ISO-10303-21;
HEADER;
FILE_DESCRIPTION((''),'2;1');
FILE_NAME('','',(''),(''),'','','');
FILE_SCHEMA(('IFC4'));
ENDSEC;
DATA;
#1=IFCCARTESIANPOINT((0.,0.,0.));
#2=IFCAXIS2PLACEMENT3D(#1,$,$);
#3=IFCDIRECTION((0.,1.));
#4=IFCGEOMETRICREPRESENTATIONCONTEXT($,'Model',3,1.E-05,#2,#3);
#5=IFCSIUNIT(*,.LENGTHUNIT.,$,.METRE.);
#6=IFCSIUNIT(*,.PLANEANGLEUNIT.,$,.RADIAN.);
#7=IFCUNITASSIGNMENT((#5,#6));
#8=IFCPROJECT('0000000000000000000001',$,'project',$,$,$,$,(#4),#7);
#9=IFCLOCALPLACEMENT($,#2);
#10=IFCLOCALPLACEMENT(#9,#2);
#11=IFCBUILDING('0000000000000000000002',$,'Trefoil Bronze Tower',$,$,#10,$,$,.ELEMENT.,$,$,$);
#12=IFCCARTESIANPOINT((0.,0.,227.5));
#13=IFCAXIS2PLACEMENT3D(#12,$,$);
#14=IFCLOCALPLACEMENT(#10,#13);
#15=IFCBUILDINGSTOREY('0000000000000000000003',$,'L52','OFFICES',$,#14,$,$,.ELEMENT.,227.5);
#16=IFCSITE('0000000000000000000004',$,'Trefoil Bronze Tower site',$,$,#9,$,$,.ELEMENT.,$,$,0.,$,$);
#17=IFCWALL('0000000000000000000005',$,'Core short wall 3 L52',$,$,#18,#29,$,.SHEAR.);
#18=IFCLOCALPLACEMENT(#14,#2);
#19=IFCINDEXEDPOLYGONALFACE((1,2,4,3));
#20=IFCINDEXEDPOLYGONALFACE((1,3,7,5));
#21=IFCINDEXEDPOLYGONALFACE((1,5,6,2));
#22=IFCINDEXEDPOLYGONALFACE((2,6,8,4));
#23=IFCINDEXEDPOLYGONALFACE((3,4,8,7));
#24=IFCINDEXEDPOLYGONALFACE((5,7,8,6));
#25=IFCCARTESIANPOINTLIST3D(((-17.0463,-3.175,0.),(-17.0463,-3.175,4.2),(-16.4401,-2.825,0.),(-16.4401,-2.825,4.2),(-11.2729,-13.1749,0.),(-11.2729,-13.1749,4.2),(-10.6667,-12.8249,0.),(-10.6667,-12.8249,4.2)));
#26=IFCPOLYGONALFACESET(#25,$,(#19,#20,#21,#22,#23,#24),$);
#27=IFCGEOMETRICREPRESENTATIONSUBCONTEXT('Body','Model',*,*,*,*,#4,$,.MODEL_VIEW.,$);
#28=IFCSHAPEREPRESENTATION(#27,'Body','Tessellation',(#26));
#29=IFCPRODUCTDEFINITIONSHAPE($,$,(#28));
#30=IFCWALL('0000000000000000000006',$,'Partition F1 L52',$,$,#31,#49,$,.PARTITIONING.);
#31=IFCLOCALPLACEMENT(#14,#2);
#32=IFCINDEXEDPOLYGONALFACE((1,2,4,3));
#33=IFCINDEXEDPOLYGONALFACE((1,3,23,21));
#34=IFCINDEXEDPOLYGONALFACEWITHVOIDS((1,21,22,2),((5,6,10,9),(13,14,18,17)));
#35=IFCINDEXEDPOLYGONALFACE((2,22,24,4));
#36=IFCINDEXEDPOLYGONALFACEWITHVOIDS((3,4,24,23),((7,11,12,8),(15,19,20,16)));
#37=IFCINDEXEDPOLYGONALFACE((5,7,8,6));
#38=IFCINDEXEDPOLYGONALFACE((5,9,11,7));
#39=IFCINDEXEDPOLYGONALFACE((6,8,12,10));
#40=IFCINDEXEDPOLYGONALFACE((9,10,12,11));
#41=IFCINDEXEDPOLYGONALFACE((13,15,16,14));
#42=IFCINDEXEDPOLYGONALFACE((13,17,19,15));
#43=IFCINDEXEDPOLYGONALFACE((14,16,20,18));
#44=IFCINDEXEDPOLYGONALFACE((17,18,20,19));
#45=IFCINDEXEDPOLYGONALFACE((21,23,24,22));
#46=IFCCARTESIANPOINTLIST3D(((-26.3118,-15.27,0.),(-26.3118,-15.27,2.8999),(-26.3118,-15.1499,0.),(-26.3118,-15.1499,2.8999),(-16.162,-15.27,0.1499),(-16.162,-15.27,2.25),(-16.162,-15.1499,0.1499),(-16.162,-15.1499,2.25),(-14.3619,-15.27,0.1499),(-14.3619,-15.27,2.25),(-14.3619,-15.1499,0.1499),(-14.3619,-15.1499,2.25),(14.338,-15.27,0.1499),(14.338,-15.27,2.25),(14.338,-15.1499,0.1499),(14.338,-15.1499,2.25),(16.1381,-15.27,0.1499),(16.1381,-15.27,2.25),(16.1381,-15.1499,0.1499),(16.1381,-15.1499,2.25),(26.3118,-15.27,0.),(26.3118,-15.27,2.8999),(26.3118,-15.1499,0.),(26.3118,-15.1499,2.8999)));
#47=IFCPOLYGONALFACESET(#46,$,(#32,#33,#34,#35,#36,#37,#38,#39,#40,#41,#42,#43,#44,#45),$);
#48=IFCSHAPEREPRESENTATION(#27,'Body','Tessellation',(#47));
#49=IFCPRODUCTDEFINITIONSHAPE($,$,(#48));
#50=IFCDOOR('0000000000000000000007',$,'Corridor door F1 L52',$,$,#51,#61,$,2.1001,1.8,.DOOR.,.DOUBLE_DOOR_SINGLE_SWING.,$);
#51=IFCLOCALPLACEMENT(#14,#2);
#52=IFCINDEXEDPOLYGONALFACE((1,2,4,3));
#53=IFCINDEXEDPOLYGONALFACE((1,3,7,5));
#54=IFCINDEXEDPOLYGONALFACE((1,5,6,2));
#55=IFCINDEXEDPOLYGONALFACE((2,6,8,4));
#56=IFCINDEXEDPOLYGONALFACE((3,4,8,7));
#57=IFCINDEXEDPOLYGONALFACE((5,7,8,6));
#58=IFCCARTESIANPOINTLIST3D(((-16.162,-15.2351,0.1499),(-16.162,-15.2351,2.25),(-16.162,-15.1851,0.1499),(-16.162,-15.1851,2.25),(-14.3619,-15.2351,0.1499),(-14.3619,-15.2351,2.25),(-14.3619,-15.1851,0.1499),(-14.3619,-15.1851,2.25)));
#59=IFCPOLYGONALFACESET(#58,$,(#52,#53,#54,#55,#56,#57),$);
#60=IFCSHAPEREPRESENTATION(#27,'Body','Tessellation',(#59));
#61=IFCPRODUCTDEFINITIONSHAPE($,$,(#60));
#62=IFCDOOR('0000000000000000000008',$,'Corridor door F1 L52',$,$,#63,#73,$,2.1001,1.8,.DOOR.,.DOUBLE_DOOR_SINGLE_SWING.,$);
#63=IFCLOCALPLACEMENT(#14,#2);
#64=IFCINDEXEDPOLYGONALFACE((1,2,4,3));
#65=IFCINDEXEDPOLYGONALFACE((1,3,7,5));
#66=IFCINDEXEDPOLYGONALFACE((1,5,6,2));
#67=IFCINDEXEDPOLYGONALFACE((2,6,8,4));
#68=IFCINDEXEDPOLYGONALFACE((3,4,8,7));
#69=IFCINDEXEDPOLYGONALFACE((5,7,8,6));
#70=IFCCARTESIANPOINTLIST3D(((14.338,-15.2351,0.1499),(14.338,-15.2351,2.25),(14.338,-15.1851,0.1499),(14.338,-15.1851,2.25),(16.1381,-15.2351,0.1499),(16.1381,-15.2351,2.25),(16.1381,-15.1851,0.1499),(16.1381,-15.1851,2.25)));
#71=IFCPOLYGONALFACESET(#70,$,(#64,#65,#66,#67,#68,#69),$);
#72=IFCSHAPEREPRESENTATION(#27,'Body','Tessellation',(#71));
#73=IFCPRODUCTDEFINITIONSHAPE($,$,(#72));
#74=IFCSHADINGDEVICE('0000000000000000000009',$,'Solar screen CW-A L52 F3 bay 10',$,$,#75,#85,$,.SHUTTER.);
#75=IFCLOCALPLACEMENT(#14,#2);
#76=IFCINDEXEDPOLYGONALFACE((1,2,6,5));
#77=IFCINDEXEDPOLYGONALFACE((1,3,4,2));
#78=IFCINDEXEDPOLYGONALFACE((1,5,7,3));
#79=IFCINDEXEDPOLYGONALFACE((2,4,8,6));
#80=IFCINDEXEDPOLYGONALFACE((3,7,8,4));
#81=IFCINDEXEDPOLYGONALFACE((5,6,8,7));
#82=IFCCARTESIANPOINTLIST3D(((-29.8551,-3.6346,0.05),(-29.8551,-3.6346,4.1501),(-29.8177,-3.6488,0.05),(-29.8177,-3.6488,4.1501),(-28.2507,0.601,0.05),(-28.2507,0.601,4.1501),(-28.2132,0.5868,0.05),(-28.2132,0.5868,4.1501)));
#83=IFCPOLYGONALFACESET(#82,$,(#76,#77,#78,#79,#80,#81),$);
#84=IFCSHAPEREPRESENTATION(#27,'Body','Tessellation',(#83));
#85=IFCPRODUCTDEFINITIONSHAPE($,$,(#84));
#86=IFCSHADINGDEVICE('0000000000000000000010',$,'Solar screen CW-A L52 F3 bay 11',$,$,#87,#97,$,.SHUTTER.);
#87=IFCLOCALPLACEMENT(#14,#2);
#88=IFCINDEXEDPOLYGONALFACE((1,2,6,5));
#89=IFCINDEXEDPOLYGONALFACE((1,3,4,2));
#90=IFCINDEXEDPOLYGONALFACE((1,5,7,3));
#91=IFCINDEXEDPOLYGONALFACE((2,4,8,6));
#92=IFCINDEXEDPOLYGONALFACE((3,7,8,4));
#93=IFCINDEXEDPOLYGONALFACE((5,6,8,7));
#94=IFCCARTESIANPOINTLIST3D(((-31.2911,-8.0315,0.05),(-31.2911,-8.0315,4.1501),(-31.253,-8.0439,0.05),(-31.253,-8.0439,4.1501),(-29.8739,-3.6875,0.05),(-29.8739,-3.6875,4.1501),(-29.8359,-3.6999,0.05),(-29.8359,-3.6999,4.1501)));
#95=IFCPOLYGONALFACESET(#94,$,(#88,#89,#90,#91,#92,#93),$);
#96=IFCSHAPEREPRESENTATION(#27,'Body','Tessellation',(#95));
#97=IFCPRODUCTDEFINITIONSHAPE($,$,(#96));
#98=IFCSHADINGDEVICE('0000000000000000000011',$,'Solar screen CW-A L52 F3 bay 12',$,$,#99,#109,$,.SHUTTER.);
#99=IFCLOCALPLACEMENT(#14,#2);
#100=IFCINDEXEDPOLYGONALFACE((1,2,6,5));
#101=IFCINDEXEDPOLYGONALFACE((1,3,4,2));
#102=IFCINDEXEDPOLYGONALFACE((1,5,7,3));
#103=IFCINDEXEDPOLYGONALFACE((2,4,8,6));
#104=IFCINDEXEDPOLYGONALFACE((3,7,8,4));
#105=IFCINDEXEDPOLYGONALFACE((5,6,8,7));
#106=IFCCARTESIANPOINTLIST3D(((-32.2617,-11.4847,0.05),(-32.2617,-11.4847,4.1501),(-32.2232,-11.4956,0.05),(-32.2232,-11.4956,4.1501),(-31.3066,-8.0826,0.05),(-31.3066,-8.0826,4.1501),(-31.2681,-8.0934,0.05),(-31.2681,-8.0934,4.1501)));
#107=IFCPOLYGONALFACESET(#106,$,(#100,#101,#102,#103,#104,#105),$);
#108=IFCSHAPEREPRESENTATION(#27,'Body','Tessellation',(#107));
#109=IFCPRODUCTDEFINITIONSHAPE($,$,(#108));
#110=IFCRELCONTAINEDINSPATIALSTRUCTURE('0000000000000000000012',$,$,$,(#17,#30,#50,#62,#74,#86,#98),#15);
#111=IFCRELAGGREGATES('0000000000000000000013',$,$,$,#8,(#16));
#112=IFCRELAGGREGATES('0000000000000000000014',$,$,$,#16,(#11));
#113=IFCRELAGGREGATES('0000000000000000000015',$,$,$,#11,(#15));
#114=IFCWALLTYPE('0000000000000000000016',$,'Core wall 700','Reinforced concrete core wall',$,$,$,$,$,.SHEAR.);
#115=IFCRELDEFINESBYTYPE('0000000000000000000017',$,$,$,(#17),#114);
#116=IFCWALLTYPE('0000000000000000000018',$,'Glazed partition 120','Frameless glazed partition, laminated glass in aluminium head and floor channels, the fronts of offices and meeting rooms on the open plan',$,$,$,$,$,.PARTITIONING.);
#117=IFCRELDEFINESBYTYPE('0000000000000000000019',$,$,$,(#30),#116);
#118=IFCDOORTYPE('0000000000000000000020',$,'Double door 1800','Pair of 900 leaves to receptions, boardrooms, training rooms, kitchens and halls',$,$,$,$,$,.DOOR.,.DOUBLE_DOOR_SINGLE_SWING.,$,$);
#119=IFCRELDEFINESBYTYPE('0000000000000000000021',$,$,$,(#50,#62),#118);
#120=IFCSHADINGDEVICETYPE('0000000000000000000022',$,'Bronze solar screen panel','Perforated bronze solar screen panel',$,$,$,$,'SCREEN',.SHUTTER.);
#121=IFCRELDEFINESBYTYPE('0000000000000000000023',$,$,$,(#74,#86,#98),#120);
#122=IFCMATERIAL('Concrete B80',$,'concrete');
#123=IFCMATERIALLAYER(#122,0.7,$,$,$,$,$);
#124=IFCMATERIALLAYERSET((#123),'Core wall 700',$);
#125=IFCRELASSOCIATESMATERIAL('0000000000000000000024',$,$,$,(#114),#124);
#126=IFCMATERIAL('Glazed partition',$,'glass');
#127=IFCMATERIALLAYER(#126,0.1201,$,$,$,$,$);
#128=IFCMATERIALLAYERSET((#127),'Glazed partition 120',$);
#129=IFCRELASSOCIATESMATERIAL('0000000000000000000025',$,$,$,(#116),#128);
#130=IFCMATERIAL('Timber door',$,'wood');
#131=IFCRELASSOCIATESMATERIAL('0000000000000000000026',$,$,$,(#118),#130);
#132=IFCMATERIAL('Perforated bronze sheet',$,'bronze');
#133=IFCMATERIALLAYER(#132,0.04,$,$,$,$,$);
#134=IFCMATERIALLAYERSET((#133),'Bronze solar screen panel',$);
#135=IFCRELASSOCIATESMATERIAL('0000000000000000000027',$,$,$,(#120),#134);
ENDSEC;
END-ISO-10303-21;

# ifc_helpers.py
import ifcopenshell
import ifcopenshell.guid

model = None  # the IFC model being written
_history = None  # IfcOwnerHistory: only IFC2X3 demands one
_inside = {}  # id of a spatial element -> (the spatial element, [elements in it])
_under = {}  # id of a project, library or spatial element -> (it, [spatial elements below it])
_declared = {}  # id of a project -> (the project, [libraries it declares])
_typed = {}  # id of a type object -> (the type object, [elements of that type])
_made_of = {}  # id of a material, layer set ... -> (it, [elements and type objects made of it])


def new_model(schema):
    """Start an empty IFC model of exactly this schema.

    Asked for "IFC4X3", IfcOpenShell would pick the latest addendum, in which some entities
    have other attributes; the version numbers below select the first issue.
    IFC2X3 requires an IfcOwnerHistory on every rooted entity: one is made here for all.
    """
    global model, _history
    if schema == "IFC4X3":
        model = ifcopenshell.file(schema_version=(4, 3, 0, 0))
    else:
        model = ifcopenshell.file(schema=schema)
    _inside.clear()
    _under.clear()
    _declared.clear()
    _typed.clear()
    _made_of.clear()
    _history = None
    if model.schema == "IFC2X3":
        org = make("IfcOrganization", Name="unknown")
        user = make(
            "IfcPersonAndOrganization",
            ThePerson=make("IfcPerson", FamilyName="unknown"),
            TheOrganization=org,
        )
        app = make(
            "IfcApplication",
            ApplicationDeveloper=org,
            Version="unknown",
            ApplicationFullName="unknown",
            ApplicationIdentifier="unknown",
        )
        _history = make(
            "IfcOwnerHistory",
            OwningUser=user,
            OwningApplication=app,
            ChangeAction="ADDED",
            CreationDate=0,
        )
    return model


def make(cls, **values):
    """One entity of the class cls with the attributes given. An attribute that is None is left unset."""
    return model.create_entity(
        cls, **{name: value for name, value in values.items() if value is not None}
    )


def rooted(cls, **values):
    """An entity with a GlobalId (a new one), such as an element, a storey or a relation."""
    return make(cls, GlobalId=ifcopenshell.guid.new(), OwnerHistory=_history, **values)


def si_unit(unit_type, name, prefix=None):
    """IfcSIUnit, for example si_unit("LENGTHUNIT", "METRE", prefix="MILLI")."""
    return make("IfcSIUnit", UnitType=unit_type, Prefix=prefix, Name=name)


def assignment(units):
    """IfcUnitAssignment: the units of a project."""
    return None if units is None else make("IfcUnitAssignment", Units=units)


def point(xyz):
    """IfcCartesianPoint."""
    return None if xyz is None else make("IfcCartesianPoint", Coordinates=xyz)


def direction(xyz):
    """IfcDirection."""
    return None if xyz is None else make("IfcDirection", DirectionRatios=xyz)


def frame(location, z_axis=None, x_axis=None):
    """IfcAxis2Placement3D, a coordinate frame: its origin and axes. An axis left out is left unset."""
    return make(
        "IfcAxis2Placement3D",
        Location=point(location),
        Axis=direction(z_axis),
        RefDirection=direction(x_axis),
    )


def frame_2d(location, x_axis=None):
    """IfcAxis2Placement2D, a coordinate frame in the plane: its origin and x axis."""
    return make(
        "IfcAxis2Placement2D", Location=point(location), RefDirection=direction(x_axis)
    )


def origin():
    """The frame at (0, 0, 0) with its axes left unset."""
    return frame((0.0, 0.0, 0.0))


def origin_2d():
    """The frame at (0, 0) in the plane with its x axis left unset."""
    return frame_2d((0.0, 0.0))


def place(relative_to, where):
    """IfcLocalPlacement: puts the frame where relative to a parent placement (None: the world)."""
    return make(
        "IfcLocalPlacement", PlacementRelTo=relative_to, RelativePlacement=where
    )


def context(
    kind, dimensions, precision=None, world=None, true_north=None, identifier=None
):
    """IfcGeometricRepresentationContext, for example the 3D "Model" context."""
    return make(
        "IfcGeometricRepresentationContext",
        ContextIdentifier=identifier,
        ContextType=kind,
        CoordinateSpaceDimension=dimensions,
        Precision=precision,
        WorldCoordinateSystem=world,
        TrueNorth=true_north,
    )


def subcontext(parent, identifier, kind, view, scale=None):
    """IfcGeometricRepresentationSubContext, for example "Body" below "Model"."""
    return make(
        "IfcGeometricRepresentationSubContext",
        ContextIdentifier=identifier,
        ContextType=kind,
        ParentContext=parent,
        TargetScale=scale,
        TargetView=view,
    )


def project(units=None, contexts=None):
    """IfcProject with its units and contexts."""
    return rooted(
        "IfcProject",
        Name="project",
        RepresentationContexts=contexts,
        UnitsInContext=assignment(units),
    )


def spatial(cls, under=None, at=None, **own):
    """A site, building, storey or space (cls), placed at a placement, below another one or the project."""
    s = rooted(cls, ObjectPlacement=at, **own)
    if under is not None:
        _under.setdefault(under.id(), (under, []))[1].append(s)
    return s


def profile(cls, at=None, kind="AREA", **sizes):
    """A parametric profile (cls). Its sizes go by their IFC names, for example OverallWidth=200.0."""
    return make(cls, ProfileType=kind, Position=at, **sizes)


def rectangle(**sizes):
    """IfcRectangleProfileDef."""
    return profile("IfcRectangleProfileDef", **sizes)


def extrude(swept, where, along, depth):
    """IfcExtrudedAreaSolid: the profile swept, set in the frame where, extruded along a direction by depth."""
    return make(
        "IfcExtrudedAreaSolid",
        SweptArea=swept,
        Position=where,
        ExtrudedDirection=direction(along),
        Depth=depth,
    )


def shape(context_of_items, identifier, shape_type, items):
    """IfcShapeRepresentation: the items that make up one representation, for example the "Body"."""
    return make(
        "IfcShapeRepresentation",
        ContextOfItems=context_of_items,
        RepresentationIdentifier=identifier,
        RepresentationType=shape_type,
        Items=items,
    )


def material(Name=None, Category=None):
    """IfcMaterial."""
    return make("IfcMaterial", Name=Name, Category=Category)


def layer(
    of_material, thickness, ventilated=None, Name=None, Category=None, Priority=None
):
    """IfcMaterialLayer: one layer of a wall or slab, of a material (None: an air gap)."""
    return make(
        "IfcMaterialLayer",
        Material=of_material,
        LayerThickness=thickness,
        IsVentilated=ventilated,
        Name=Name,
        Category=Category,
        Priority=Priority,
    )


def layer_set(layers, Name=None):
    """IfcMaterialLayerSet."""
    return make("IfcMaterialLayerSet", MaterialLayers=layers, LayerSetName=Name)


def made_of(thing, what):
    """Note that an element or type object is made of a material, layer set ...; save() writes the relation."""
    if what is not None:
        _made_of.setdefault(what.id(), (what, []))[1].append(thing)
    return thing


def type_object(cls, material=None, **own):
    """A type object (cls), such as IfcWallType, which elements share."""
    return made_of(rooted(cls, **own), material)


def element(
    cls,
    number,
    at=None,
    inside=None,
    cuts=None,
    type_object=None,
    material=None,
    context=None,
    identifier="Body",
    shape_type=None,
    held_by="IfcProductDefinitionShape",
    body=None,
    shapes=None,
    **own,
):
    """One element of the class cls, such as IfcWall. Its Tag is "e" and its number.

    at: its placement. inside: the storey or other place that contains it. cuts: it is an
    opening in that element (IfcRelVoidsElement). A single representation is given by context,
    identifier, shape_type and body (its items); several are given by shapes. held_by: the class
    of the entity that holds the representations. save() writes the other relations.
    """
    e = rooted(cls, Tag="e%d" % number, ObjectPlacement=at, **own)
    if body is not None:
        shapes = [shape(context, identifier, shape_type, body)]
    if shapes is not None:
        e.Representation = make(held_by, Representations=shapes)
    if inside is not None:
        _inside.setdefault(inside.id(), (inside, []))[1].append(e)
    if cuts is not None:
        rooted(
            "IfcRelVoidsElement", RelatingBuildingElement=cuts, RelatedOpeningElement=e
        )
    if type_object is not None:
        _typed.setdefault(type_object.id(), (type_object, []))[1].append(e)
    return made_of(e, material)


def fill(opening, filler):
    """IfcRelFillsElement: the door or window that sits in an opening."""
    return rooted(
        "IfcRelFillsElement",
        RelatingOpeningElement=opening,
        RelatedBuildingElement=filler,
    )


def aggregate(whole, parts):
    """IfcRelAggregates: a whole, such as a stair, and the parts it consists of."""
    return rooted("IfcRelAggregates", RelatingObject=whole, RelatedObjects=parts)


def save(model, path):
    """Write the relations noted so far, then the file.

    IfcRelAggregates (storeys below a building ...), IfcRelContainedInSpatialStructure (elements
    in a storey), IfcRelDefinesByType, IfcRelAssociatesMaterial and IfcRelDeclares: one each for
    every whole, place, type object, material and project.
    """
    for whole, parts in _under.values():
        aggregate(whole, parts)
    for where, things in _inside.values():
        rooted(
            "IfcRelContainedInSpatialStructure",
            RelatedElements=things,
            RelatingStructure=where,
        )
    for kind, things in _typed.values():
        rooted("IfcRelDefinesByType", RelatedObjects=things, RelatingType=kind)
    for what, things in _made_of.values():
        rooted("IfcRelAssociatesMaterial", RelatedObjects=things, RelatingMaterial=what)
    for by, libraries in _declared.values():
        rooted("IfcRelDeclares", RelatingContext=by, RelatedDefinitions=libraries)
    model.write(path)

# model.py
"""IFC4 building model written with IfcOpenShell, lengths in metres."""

from ifc_helpers import new_model, si_unit, direction, frame, frame_2d, origin, origin_2d, place, context, subcontext, project, spatial, rectangle, extrude, material, layer, layer_set, type_object, element, fill, save


model = new_model("IFC4")

# Units and contexts
model_context = context("Model", 3, precision=1e-05, world=origin(), true_north=direction((0.0, 1.0)))
body_context = subcontext(model_context, "Body", "Model", "MODEL_VIEW")
ifc_project = project(units=[si_unit("LENGTHUNIT", "METRE"), si_unit("PLANEANGLEUNIT", "RADIAN")], contexts=[model_context])

# Site, building, storey
site_placement = place(None, origin())
site = spatial("IfcSite", under=ifc_project, at=site_placement, Name="Trefoil Bronze Tower site", CompositionType="ELEMENT", RefElevation=0.0)
building_placement = place(site_placement, origin())
building = spatial("IfcBuilding", under=site, at=building_placement, Name="Trefoil Bronze Tower", CompositionType="ELEMENT")
storey_placement = place(building_placement, frame((0.0, 0.0, 227.5)))
storey = spatial("IfcBuildingStorey", under=building, at=storey_placement, Name="L52", Description="OFFICES", CompositionType="ELEMENT", Elevation=227.5)

# Wall
ifc_material_1 = material(Name="Concrete B80", Category="concrete")
ifc_layer_1 = layer(ifc_material_1, 0.7)
ifc_layer_set_1 = layer_set([ifc_layer_1], Name="Core wall 700")
wall_type_1 = type_object("IfcWallType", Name="Core wall 700", Description="Reinforced concrete core wall", PredefinedType="SHEAR", material=ifc_layer_set_1)
wall_1_placement = place(storey_placement, frame((-16.7432, -3.0, 0.0), z_axis=(0.0, 0.0, 1.0), x_axis=(0.499996, -0.866028, 0.0)))
element("IfcWall", 1, at=wall_1_placement, inside=storey, type_object=wall_type_1, Name="Core short wall 3 L52", PredefinedType="SHEAR", context=body_context, shape_type="SweptSolid", body=[
    extrude(rectangle(XDim=11.5469, YDim=0.7, at=frame_2d((5.7734, 0.0))), origin(), (0.0, 0.0, 1.0), 4.2),
])

# Wall, openings, doors
ifc_material_2 = material(Name="Glazed partition", Category="glass")
ifc_layer_2 = layer(ifc_material_2, 0.1201)
ifc_layer_set_2 = layer_set([ifc_layer_2], Name="Glazed partition 120")
wall_type_2 = type_object("IfcWallType", Name="Glazed partition 120", Description="Frameless glazed partition, laminated glass in aluminium head and floor channels, the fronts of offices and meeting rooms on the open plan", PredefinedType="PARTITIONING", material=ifc_layer_set_2)
wall_2_placement = place(storey_placement, frame((-26.3118, -15.21, 0.0), z_axis=(0.0, 0.0, 1.0), x_axis=(1.0, 0.0, 0.0)))
wall_2 = element("IfcWall", 2, at=wall_2_placement, inside=storey, type_object=wall_type_2, Name="Partition F1 L52", PredefinedType="PARTITIONING", context=body_context, shape_type="SweptSolid", body=[
    extrude(rectangle(XDim=52.6235, YDim=0.1201, at=frame_2d((26.3118, 0.0))), origin(), (0.0, 0.0, 1.0), 2.8999),
])
opening_1_placement = place(wall_2_placement, frame((10.1499, 0.0, 0.1499)))
opening_1 = element("IfcOpeningElement", 3, at=opening_1_placement, cuts=wall_2, PredefinedType="OPENING", context=body_context, shape_type="SweptSolid", body=[
    extrude(rectangle(XDim=1.8, YDim=2.1001, at=frame_2d((0.8999, 1.05))), frame((0.0, 0.0701, 0.0), z_axis=(0.0, -1.0, 0.0), x_axis=(1.0, 0.0, 0.0)), (0.0, 0.0, 1.0), 0.1401),
])
opening_2_placement = place(wall_2_placement, frame((40.6499, 0.0, 0.1499)))
opening_2 = element("IfcOpeningElement", 4, at=opening_2_placement, cuts=wall_2, PredefinedType="OPENING", context=body_context, shape_type="SweptSolid", body=[
    extrude(rectangle(XDim=1.8, YDim=2.1001, at=frame_2d((0.8999, 1.05))), frame((0.0, 0.0701, 0.0), z_axis=(0.0, -1.0, 0.0), x_axis=(1.0, 0.0, 0.0)), (0.0, 0.0, 1.0), 0.1401),
])
ifc_material_3 = material(Name="Timber door", Category="wood")
door_type = type_object("IfcDoorType", Name="Double door 1800", Description="Pair of 900 leaves to receptions, boardrooms, training rooms, kitchens and halls", OperationType="DOUBLE_DOOR_SINGLE_SWING", PredefinedType="DOOR", material=ifc_material_3)
door_1_placement = place(opening_1_placement, origin())
door_1 = element("IfcDoor", 5, at=door_1_placement, inside=storey, type_object=door_type, Name="Corridor door F1 L52", OperationType="DOUBLE_DOOR_SINGLE_SWING", OverallHeight=2.1001, OverallWidth=1.8, PredefinedType="DOOR", context=body_context, shape_type="SweptSolid", body=[
    extrude(rectangle(XDim=1.8, YDim=2.1001, at=frame_2d((0.8999, 1.05))), frame((0.0, 0.0249, 0.0), z_axis=(0.0, -1.0, 0.0), x_axis=(1.0, 0.0, 0.0)), (0.0, 0.0, 1.0), 0.05),
])
fill(opening_1, door_1)
door_2_placement = place(opening_2_placement, origin())
door_2 = element("IfcDoor", 6, at=door_2_placement, inside=storey, type_object=door_type, Name="Corridor door F1 L52", OperationType="DOUBLE_DOOR_SINGLE_SWING", OverallHeight=2.1001, OverallWidth=1.8, PredefinedType="DOOR", context=body_context, shape_type="SweptSolid", body=[
    extrude(rectangle(XDim=1.8, YDim=2.1001, at=frame_2d((0.8999, 1.05))), frame((0.0, 0.0249, 0.0), z_axis=(0.0, -1.0, 0.0), x_axis=(1.0, 0.0, 0.0)), (0.0, 0.0, 1.0), 0.05),
])
fill(opening_2, door_2)

# Shading devices
ifc_material_4 = material(Name="Perforated bronze sheet", Category="bronze")
ifc_layer_3 = layer(ifc_material_4, 0.04)
ifc_layer_set_3 = layer_set([ifc_layer_3], Name="Bronze solar screen panel")
shading_device_type = type_object("IfcShadingDeviceType", Name="Bronze solar screen panel", Description="Perforated bronze solar screen panel", ElementType="SCREEN", PredefinedType="SHUTTER", material=ifc_layer_set_3)
shading_device_1_placement = place(storey_placement, frame((-29.0342, -1.5239, 0.05), z_axis=(0.0, 0.0, 1.0), x_axis=(-0.354234, -0.935157, 0.0)))
element("IfcShadingDevice", 7, at=shading_device_1_placement, inside=storey, type_object=shading_device_type, Name="Solar screen CW-A L52 F3 bay 10", PredefinedType="SHUTTER", context=body_context, shape_type="SweptSolid", body=[
    extrude(rectangle(XDim=4.5293, YDim=0.04, at=origin_2d()), origin(), (0.0, 0.0, 1.0), 4.1001),
])
shading_device_2_placement = place(storey_placement, frame((-30.5635, -5.8657, 0.05), z_axis=(0.0, 0.0, 1.0), x_axis=(-0.310149, -0.950688, 0.0)))
element("IfcShadingDevice", 8, at=shading_device_2_placement, inside=storey, type_object=shading_device_type, Name="Solar screen CW-A L52 F3 bay 11", PredefinedType="SHUTTER", context=body_context, shape_type="SweptSolid", body=[
    extrude(rectangle(XDim=4.5693, YDim=0.04, at=origin_2d()), origin(), (0.0, 0.0, 1.0), 4.1001),
])
shading_device_3_placement = place(storey_placement, frame((-31.7649, -9.7891, 0.05), z_axis=(0.0, 0.0, 1.0), x_axis=(-0.270282, -0.962781, 0.0)))
element("IfcShadingDevice", 9, at=shading_device_3_placement, inside=storey, type_object=shading_device_type, Name="Solar screen CW-A L52 F3 bay 12", PredefinedType="SHUTTER", context=body_context, shape_type="SweptSolid", body=[
    extrude(rectangle(XDim=3.5337, YDim=0.04, at=origin_2d()), origin(), (0.0, 0.0, 1.0), 4.1001),
])

save(model, "model.ifc")
